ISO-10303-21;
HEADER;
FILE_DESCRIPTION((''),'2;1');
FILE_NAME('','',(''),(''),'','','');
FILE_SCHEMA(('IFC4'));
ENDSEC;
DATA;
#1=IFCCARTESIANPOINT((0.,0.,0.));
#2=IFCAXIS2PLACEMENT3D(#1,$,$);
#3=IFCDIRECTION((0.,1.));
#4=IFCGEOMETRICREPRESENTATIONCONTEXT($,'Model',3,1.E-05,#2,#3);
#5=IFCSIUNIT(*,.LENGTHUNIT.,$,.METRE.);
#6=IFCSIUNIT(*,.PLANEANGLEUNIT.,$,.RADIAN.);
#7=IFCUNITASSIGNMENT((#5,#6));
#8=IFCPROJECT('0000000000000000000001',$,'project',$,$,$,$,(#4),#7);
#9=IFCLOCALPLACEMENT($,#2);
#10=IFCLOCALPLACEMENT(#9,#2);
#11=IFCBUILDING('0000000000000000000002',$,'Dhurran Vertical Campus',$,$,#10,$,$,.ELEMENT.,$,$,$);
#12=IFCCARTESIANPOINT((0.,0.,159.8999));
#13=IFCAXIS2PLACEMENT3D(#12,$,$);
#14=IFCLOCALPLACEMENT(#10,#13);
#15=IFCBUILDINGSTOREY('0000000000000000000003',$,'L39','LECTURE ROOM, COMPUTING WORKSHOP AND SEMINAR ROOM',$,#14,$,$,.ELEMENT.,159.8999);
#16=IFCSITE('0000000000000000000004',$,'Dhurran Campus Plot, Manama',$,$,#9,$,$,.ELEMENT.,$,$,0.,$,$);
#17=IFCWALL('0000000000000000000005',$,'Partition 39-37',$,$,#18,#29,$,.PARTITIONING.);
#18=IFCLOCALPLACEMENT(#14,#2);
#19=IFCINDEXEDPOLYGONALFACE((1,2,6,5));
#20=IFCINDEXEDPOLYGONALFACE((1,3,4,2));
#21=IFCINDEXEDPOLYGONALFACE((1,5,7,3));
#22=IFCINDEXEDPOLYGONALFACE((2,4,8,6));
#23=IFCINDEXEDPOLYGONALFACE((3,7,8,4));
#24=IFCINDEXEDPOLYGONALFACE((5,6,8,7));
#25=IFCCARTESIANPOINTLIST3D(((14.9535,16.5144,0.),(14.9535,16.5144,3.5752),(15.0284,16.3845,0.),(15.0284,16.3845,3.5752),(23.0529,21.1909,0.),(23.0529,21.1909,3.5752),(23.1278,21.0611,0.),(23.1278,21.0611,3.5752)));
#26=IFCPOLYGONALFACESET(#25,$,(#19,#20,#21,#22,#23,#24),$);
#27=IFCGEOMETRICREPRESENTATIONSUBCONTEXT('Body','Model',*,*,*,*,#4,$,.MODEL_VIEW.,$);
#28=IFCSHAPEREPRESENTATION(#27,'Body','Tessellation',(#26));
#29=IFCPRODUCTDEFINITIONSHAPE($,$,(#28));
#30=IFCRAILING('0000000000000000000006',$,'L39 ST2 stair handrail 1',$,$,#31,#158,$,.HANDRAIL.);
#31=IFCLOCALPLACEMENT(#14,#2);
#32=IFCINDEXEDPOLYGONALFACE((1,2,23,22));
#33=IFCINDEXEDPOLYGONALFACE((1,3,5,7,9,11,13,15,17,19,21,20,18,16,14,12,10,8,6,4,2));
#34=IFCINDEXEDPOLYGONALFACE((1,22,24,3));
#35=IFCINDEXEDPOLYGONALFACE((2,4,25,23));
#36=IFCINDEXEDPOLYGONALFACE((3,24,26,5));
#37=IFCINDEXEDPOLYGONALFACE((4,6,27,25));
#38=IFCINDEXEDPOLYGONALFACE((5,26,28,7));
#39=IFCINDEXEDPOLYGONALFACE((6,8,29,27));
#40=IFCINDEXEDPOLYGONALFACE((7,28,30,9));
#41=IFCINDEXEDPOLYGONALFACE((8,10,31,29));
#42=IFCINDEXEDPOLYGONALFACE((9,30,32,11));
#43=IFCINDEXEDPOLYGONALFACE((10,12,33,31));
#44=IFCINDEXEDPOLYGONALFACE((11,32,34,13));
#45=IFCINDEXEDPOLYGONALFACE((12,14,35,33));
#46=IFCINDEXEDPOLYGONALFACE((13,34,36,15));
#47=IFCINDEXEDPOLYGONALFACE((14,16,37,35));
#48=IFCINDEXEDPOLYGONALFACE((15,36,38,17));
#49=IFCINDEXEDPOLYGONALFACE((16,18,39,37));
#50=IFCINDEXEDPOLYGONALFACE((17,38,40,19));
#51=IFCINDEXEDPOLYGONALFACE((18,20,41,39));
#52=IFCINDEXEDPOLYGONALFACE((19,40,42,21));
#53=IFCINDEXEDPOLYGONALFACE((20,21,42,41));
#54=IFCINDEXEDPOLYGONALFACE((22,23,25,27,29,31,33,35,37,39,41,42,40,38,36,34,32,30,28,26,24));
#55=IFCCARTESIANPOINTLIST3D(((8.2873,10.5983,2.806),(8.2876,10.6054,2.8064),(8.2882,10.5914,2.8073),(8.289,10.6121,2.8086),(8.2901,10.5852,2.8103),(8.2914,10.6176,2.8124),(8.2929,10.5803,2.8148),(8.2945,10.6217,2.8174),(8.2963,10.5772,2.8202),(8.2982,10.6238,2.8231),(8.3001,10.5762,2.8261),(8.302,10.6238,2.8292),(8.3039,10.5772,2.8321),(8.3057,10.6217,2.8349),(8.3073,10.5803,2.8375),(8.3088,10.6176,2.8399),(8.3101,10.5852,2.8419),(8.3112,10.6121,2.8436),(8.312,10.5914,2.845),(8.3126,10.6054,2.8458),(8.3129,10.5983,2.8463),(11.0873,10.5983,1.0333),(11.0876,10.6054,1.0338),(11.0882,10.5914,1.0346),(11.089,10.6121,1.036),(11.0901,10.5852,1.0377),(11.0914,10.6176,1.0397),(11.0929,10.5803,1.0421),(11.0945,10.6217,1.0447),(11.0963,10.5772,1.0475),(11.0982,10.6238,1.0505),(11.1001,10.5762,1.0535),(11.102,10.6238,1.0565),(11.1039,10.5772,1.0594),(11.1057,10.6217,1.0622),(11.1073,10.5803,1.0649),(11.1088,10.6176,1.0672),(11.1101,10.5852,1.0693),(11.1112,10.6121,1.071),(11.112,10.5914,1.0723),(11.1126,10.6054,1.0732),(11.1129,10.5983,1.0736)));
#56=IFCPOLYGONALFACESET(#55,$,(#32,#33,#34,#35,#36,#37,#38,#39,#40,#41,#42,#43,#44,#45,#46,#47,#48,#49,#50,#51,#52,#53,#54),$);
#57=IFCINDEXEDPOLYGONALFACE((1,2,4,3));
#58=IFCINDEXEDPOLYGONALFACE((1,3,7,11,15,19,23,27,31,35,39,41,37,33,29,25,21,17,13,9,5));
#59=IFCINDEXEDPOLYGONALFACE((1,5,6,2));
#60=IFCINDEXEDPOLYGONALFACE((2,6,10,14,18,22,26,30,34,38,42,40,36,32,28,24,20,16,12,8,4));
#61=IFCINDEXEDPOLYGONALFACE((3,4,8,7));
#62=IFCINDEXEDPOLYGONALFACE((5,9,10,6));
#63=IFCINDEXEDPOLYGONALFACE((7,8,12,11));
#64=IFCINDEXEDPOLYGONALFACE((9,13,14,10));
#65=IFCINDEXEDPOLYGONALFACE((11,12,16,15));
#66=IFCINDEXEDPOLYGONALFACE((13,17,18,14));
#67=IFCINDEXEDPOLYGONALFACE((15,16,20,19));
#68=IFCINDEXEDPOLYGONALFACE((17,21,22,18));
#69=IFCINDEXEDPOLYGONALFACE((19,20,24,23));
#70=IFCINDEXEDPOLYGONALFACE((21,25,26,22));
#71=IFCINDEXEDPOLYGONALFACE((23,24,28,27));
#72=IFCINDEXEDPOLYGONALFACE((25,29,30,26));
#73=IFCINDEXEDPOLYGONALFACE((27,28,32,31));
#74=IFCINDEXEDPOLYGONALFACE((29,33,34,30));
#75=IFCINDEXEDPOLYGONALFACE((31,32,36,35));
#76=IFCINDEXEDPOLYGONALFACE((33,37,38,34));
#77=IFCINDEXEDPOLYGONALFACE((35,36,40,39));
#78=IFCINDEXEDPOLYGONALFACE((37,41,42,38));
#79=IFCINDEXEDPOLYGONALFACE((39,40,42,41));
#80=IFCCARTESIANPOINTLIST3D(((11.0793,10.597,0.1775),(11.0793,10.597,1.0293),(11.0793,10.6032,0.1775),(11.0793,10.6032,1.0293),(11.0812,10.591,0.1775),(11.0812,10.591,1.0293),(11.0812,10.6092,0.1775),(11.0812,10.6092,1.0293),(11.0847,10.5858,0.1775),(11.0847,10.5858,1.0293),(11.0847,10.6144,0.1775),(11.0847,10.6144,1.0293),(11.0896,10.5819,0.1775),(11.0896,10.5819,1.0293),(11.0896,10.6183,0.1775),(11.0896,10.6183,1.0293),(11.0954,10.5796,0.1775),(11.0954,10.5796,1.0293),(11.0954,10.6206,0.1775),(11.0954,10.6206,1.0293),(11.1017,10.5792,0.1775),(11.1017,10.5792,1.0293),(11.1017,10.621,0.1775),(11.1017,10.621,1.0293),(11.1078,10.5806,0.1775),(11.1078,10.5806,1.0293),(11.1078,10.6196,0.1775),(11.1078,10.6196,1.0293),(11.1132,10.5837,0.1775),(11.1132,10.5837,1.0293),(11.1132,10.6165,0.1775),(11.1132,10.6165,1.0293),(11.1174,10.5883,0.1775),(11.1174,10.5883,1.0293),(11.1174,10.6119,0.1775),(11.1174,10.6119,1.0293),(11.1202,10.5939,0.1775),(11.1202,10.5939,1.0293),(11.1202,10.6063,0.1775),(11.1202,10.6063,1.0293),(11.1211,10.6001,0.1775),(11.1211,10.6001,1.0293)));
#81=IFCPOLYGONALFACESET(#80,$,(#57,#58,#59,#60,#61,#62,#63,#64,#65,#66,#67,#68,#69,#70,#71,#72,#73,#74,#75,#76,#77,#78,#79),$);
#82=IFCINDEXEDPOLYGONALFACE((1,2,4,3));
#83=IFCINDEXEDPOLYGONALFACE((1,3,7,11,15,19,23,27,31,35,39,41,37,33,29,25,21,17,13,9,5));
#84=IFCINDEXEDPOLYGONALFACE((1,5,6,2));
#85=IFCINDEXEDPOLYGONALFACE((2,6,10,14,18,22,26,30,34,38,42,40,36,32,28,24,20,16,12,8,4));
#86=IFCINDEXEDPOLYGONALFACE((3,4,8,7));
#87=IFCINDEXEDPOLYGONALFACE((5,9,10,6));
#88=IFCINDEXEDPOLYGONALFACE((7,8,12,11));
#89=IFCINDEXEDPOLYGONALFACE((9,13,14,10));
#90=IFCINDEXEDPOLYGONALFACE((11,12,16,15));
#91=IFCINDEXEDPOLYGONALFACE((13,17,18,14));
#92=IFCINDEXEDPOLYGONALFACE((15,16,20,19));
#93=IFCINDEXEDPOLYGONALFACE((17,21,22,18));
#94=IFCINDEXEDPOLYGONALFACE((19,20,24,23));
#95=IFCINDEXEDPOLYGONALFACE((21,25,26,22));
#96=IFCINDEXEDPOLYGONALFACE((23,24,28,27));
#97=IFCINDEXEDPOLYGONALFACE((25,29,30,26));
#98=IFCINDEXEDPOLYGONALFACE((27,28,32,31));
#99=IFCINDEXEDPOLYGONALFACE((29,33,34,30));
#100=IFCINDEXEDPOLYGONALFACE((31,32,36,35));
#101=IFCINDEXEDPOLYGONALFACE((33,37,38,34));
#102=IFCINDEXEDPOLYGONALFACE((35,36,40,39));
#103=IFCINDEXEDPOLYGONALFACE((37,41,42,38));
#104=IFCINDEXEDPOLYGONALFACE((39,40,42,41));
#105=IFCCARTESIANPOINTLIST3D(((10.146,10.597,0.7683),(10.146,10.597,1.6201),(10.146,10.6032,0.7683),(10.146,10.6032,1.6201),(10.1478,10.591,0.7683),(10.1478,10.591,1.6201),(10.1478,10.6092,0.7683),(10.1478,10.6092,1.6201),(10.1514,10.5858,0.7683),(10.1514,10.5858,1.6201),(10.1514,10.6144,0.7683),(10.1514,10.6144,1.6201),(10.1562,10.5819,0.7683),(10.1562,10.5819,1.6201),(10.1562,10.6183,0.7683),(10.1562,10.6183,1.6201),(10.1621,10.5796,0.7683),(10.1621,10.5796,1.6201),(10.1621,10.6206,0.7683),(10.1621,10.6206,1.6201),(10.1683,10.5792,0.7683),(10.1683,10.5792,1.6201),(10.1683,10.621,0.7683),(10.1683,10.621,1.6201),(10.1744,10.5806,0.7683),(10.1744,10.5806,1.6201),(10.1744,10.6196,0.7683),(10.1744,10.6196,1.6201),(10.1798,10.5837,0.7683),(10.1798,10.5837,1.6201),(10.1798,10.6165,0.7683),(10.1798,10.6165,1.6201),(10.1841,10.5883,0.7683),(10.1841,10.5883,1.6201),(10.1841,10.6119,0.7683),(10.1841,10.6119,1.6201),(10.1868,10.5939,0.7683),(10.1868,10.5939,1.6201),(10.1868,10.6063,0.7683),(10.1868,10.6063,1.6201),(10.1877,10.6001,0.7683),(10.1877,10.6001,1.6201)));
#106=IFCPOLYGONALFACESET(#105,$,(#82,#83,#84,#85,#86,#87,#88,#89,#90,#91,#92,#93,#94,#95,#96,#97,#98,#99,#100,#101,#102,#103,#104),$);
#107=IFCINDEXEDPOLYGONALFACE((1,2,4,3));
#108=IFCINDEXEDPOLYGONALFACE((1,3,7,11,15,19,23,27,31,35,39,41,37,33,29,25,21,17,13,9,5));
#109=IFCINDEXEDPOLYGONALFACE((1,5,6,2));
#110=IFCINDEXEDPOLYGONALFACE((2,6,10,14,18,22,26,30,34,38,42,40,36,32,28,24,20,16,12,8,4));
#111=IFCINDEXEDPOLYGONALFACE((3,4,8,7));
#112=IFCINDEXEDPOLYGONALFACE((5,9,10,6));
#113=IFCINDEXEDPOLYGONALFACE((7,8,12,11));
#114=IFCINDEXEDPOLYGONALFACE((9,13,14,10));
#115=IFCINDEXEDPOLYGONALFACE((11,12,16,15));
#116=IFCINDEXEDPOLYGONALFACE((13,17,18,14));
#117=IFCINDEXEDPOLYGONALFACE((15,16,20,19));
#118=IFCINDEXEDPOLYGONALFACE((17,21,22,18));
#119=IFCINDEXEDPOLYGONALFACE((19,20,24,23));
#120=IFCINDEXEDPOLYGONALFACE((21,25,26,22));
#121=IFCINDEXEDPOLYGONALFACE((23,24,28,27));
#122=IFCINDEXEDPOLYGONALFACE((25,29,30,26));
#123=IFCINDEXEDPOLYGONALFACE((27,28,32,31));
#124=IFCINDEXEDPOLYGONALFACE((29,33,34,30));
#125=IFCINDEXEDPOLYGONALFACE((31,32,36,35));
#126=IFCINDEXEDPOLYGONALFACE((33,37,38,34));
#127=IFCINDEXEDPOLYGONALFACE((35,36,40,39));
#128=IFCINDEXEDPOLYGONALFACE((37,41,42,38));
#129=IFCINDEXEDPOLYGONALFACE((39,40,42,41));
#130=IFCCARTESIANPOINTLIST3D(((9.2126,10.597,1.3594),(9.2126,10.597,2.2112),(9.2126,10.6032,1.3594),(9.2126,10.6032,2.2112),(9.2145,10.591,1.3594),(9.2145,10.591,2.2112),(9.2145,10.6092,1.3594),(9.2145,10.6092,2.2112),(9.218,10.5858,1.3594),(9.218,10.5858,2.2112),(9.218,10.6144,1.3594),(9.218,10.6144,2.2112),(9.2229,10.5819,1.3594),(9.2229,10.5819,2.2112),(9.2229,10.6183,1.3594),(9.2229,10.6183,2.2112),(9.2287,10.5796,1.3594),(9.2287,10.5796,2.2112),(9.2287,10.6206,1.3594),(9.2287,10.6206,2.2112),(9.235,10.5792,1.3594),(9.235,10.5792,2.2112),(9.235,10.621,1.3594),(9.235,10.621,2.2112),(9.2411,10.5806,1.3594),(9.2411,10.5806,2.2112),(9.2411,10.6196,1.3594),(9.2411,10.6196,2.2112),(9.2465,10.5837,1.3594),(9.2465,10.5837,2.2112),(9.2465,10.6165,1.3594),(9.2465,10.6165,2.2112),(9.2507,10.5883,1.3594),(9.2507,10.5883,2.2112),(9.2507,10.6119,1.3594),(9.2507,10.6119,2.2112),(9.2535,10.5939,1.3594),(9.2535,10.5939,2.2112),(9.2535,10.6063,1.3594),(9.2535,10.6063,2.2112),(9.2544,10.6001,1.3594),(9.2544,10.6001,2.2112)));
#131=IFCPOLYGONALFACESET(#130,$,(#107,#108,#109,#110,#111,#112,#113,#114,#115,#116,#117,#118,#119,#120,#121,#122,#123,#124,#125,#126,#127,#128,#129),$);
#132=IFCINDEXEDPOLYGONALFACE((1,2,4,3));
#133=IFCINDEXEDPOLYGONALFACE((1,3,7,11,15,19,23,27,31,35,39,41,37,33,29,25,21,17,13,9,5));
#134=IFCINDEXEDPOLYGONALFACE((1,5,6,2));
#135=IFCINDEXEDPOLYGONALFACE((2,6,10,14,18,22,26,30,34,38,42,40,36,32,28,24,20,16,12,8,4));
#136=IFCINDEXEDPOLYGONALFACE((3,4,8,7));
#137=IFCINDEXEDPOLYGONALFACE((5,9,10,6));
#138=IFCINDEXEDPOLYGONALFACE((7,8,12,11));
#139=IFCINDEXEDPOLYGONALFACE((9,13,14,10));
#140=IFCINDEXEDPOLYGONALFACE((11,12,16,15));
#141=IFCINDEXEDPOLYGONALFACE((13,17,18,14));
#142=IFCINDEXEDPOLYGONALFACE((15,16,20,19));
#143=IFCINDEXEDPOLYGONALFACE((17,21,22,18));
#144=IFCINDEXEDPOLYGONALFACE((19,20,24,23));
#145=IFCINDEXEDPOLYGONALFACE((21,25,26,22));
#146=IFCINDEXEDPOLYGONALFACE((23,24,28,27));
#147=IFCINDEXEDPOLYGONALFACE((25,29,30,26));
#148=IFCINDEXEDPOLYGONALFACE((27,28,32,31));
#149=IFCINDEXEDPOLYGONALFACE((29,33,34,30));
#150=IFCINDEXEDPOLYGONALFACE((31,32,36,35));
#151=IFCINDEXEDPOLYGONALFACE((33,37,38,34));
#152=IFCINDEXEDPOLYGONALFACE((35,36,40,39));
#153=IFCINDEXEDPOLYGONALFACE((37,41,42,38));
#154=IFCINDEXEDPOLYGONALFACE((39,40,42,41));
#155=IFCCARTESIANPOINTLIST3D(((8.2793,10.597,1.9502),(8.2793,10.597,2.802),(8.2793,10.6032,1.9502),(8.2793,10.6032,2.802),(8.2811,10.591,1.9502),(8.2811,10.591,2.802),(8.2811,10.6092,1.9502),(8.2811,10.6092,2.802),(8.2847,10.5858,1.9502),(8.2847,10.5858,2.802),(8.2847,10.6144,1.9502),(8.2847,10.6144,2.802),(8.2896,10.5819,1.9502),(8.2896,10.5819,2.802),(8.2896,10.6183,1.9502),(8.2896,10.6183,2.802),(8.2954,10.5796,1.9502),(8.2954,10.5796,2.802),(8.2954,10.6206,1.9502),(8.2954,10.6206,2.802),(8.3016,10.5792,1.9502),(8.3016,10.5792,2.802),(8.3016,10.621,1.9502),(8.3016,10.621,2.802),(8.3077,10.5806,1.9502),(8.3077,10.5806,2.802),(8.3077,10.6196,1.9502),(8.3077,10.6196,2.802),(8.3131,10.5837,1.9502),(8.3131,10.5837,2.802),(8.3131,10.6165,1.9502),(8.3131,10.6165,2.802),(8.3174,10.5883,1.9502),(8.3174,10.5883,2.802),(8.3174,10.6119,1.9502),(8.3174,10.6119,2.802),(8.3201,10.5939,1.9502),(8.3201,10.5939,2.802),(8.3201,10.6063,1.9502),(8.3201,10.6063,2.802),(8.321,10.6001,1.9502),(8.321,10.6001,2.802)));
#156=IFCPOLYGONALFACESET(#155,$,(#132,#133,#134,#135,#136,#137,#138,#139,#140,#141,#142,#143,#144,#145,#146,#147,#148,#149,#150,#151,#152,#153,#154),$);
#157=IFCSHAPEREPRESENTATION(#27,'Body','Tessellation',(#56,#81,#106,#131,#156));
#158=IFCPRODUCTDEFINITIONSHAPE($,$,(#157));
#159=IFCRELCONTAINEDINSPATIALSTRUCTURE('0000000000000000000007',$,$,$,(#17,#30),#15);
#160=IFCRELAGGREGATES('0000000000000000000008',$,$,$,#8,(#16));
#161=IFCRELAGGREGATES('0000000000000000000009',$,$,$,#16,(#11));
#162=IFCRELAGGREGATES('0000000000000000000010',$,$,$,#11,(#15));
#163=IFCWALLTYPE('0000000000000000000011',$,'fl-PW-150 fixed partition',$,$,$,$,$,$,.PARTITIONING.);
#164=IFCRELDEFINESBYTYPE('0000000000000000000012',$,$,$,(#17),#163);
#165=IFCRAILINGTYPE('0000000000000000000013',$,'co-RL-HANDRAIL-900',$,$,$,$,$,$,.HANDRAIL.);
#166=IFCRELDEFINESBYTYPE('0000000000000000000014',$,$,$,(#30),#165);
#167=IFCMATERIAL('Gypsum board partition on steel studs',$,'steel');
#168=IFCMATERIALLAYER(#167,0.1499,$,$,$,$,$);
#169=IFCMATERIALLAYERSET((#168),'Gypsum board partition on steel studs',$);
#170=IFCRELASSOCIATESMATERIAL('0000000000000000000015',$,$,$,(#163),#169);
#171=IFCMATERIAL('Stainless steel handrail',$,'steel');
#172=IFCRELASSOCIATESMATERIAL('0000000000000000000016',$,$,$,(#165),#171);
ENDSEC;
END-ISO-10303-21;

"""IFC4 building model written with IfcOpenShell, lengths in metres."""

from ifc_helpers import new_model, si_unit, direction, frame, frame_2d, origin, origin_2d, place, context, subcontext, project, spatial, rectangle, circle, extrude, material, layer, layer_set, type_object, element, save


model = new_model("IFC4")

# Units and contexts
model_context = context("Model", 3, precision=1e-05, world=origin(), true_north=direction((0.0, 1.0)))
body_context = subcontext(model_context, "Body", "Model", "MODEL_VIEW")
ifc_project = project(units=[si_unit("LENGTHUNIT", "METRE"), si_unit("PLANEANGLEUNIT", "RADIAN")], contexts=[model_context])

# Site, building, storey
site_placement = place(None, origin())
site = spatial("IfcSite", under=ifc_project, at=site_placement, Name="Dhurran Campus Plot, Manama", CompositionType="ELEMENT", RefElevation=0.0)
building_placement = place(site_placement, origin())
building = spatial("IfcBuilding", under=site, at=building_placement, Name="Dhurran Vertical Campus", CompositionType="ELEMENT")
storey_placement = place(building_placement, frame((0.0, 0.0, 159.8999)))
storey = spatial("IfcBuildingStorey", under=building, at=storey_placement, Name="L39", Description="LECTURE ROOM, COMPUTING WORKSHOP AND SEMINAR ROOM", CompositionType="ELEMENT", Elevation=159.8999)

# Wall
ifc_material_1 = material(Name="Gypsum board partition on steel studs", Category="steel")
ifc_layer_1 = layer(ifc_material_1, 0.1499)
ifc_layer_set_1 = layer_set([ifc_layer_1], Name="Gypsum board partition on steel studs")
wall_type_1 = type_object("IfcWallType", Name="fl-PW-150 fixed partition", PredefinedType="PARTITIONING", material=ifc_layer_set_1)
wall_1_placement = place(storey_placement, frame((23.0903, 21.126, 0.0), z_axis=(0.0, 0.0, 1.0), x_axis=(-0.86601, -0.500028, 0.0)))
element("IfcWall", 1, at=wall_1_placement, inside=storey, type_object=wall_type_1, Name="Partition 39-37", PredefinedType="PARTITIONING", context=body_context, shape_type="SweptSolid", body=[
    extrude(rectangle(XDim=9.3525, YDim=0.1499, at=frame_2d((4.6763, 0.0))), origin(), (0.0, 0.0, 1.0), 3.5752),
])

# Railing
ifc_material_2 = material(Name="Stainless steel handrail", Category="steel")
railing_type = type_object("IfcRailingType", Name="co-RL-HANDRAIL-900", PredefinedType="HANDRAIL", material=ifc_material_2)
railing_placement = place(storey_placement, frame((11.1001, 10.6001, 0.1775)))
element("IfcRailing", 2, at=railing_placement, inside=storey, type_object=railing_type, Name="L39 ST2 stair handrail 1", PredefinedType="HANDRAIL", context=body_context, shape_type="SweptSolid", body=[
    extrude(circle(Radius=0.0239, at=origin_2d()), frame((0.0, 0.0, 0.876), z_axis=(-0.844909, 0.0, 0.53491), x_axis=(0.0, -1.0, 0.0)), (0.0, 0.0, 1.0), 3.314),
    extrude(circle(Radius=0.021, at=origin_2d()), origin(), (0.0, 0.0, 1.0), 0.8518),
    extrude(circle(Radius=0.021, at=origin_2d()), frame((-0.9333, 0.0, 0.5908)), (0.0, 0.0, 1.0), 0.8518),
    extrude(circle(Radius=0.021, at=origin_2d()), frame((-1.8667, 0.0, 1.1819)), (0.0, 0.0, 1.0), 0.8518),
    extrude(circle(Radius=0.021, at=origin_2d()), frame((-2.8, 0.0, 1.7727)), (0.0, 0.0, 1.0), 0.8518),
])

save(model, "model.ifc")
